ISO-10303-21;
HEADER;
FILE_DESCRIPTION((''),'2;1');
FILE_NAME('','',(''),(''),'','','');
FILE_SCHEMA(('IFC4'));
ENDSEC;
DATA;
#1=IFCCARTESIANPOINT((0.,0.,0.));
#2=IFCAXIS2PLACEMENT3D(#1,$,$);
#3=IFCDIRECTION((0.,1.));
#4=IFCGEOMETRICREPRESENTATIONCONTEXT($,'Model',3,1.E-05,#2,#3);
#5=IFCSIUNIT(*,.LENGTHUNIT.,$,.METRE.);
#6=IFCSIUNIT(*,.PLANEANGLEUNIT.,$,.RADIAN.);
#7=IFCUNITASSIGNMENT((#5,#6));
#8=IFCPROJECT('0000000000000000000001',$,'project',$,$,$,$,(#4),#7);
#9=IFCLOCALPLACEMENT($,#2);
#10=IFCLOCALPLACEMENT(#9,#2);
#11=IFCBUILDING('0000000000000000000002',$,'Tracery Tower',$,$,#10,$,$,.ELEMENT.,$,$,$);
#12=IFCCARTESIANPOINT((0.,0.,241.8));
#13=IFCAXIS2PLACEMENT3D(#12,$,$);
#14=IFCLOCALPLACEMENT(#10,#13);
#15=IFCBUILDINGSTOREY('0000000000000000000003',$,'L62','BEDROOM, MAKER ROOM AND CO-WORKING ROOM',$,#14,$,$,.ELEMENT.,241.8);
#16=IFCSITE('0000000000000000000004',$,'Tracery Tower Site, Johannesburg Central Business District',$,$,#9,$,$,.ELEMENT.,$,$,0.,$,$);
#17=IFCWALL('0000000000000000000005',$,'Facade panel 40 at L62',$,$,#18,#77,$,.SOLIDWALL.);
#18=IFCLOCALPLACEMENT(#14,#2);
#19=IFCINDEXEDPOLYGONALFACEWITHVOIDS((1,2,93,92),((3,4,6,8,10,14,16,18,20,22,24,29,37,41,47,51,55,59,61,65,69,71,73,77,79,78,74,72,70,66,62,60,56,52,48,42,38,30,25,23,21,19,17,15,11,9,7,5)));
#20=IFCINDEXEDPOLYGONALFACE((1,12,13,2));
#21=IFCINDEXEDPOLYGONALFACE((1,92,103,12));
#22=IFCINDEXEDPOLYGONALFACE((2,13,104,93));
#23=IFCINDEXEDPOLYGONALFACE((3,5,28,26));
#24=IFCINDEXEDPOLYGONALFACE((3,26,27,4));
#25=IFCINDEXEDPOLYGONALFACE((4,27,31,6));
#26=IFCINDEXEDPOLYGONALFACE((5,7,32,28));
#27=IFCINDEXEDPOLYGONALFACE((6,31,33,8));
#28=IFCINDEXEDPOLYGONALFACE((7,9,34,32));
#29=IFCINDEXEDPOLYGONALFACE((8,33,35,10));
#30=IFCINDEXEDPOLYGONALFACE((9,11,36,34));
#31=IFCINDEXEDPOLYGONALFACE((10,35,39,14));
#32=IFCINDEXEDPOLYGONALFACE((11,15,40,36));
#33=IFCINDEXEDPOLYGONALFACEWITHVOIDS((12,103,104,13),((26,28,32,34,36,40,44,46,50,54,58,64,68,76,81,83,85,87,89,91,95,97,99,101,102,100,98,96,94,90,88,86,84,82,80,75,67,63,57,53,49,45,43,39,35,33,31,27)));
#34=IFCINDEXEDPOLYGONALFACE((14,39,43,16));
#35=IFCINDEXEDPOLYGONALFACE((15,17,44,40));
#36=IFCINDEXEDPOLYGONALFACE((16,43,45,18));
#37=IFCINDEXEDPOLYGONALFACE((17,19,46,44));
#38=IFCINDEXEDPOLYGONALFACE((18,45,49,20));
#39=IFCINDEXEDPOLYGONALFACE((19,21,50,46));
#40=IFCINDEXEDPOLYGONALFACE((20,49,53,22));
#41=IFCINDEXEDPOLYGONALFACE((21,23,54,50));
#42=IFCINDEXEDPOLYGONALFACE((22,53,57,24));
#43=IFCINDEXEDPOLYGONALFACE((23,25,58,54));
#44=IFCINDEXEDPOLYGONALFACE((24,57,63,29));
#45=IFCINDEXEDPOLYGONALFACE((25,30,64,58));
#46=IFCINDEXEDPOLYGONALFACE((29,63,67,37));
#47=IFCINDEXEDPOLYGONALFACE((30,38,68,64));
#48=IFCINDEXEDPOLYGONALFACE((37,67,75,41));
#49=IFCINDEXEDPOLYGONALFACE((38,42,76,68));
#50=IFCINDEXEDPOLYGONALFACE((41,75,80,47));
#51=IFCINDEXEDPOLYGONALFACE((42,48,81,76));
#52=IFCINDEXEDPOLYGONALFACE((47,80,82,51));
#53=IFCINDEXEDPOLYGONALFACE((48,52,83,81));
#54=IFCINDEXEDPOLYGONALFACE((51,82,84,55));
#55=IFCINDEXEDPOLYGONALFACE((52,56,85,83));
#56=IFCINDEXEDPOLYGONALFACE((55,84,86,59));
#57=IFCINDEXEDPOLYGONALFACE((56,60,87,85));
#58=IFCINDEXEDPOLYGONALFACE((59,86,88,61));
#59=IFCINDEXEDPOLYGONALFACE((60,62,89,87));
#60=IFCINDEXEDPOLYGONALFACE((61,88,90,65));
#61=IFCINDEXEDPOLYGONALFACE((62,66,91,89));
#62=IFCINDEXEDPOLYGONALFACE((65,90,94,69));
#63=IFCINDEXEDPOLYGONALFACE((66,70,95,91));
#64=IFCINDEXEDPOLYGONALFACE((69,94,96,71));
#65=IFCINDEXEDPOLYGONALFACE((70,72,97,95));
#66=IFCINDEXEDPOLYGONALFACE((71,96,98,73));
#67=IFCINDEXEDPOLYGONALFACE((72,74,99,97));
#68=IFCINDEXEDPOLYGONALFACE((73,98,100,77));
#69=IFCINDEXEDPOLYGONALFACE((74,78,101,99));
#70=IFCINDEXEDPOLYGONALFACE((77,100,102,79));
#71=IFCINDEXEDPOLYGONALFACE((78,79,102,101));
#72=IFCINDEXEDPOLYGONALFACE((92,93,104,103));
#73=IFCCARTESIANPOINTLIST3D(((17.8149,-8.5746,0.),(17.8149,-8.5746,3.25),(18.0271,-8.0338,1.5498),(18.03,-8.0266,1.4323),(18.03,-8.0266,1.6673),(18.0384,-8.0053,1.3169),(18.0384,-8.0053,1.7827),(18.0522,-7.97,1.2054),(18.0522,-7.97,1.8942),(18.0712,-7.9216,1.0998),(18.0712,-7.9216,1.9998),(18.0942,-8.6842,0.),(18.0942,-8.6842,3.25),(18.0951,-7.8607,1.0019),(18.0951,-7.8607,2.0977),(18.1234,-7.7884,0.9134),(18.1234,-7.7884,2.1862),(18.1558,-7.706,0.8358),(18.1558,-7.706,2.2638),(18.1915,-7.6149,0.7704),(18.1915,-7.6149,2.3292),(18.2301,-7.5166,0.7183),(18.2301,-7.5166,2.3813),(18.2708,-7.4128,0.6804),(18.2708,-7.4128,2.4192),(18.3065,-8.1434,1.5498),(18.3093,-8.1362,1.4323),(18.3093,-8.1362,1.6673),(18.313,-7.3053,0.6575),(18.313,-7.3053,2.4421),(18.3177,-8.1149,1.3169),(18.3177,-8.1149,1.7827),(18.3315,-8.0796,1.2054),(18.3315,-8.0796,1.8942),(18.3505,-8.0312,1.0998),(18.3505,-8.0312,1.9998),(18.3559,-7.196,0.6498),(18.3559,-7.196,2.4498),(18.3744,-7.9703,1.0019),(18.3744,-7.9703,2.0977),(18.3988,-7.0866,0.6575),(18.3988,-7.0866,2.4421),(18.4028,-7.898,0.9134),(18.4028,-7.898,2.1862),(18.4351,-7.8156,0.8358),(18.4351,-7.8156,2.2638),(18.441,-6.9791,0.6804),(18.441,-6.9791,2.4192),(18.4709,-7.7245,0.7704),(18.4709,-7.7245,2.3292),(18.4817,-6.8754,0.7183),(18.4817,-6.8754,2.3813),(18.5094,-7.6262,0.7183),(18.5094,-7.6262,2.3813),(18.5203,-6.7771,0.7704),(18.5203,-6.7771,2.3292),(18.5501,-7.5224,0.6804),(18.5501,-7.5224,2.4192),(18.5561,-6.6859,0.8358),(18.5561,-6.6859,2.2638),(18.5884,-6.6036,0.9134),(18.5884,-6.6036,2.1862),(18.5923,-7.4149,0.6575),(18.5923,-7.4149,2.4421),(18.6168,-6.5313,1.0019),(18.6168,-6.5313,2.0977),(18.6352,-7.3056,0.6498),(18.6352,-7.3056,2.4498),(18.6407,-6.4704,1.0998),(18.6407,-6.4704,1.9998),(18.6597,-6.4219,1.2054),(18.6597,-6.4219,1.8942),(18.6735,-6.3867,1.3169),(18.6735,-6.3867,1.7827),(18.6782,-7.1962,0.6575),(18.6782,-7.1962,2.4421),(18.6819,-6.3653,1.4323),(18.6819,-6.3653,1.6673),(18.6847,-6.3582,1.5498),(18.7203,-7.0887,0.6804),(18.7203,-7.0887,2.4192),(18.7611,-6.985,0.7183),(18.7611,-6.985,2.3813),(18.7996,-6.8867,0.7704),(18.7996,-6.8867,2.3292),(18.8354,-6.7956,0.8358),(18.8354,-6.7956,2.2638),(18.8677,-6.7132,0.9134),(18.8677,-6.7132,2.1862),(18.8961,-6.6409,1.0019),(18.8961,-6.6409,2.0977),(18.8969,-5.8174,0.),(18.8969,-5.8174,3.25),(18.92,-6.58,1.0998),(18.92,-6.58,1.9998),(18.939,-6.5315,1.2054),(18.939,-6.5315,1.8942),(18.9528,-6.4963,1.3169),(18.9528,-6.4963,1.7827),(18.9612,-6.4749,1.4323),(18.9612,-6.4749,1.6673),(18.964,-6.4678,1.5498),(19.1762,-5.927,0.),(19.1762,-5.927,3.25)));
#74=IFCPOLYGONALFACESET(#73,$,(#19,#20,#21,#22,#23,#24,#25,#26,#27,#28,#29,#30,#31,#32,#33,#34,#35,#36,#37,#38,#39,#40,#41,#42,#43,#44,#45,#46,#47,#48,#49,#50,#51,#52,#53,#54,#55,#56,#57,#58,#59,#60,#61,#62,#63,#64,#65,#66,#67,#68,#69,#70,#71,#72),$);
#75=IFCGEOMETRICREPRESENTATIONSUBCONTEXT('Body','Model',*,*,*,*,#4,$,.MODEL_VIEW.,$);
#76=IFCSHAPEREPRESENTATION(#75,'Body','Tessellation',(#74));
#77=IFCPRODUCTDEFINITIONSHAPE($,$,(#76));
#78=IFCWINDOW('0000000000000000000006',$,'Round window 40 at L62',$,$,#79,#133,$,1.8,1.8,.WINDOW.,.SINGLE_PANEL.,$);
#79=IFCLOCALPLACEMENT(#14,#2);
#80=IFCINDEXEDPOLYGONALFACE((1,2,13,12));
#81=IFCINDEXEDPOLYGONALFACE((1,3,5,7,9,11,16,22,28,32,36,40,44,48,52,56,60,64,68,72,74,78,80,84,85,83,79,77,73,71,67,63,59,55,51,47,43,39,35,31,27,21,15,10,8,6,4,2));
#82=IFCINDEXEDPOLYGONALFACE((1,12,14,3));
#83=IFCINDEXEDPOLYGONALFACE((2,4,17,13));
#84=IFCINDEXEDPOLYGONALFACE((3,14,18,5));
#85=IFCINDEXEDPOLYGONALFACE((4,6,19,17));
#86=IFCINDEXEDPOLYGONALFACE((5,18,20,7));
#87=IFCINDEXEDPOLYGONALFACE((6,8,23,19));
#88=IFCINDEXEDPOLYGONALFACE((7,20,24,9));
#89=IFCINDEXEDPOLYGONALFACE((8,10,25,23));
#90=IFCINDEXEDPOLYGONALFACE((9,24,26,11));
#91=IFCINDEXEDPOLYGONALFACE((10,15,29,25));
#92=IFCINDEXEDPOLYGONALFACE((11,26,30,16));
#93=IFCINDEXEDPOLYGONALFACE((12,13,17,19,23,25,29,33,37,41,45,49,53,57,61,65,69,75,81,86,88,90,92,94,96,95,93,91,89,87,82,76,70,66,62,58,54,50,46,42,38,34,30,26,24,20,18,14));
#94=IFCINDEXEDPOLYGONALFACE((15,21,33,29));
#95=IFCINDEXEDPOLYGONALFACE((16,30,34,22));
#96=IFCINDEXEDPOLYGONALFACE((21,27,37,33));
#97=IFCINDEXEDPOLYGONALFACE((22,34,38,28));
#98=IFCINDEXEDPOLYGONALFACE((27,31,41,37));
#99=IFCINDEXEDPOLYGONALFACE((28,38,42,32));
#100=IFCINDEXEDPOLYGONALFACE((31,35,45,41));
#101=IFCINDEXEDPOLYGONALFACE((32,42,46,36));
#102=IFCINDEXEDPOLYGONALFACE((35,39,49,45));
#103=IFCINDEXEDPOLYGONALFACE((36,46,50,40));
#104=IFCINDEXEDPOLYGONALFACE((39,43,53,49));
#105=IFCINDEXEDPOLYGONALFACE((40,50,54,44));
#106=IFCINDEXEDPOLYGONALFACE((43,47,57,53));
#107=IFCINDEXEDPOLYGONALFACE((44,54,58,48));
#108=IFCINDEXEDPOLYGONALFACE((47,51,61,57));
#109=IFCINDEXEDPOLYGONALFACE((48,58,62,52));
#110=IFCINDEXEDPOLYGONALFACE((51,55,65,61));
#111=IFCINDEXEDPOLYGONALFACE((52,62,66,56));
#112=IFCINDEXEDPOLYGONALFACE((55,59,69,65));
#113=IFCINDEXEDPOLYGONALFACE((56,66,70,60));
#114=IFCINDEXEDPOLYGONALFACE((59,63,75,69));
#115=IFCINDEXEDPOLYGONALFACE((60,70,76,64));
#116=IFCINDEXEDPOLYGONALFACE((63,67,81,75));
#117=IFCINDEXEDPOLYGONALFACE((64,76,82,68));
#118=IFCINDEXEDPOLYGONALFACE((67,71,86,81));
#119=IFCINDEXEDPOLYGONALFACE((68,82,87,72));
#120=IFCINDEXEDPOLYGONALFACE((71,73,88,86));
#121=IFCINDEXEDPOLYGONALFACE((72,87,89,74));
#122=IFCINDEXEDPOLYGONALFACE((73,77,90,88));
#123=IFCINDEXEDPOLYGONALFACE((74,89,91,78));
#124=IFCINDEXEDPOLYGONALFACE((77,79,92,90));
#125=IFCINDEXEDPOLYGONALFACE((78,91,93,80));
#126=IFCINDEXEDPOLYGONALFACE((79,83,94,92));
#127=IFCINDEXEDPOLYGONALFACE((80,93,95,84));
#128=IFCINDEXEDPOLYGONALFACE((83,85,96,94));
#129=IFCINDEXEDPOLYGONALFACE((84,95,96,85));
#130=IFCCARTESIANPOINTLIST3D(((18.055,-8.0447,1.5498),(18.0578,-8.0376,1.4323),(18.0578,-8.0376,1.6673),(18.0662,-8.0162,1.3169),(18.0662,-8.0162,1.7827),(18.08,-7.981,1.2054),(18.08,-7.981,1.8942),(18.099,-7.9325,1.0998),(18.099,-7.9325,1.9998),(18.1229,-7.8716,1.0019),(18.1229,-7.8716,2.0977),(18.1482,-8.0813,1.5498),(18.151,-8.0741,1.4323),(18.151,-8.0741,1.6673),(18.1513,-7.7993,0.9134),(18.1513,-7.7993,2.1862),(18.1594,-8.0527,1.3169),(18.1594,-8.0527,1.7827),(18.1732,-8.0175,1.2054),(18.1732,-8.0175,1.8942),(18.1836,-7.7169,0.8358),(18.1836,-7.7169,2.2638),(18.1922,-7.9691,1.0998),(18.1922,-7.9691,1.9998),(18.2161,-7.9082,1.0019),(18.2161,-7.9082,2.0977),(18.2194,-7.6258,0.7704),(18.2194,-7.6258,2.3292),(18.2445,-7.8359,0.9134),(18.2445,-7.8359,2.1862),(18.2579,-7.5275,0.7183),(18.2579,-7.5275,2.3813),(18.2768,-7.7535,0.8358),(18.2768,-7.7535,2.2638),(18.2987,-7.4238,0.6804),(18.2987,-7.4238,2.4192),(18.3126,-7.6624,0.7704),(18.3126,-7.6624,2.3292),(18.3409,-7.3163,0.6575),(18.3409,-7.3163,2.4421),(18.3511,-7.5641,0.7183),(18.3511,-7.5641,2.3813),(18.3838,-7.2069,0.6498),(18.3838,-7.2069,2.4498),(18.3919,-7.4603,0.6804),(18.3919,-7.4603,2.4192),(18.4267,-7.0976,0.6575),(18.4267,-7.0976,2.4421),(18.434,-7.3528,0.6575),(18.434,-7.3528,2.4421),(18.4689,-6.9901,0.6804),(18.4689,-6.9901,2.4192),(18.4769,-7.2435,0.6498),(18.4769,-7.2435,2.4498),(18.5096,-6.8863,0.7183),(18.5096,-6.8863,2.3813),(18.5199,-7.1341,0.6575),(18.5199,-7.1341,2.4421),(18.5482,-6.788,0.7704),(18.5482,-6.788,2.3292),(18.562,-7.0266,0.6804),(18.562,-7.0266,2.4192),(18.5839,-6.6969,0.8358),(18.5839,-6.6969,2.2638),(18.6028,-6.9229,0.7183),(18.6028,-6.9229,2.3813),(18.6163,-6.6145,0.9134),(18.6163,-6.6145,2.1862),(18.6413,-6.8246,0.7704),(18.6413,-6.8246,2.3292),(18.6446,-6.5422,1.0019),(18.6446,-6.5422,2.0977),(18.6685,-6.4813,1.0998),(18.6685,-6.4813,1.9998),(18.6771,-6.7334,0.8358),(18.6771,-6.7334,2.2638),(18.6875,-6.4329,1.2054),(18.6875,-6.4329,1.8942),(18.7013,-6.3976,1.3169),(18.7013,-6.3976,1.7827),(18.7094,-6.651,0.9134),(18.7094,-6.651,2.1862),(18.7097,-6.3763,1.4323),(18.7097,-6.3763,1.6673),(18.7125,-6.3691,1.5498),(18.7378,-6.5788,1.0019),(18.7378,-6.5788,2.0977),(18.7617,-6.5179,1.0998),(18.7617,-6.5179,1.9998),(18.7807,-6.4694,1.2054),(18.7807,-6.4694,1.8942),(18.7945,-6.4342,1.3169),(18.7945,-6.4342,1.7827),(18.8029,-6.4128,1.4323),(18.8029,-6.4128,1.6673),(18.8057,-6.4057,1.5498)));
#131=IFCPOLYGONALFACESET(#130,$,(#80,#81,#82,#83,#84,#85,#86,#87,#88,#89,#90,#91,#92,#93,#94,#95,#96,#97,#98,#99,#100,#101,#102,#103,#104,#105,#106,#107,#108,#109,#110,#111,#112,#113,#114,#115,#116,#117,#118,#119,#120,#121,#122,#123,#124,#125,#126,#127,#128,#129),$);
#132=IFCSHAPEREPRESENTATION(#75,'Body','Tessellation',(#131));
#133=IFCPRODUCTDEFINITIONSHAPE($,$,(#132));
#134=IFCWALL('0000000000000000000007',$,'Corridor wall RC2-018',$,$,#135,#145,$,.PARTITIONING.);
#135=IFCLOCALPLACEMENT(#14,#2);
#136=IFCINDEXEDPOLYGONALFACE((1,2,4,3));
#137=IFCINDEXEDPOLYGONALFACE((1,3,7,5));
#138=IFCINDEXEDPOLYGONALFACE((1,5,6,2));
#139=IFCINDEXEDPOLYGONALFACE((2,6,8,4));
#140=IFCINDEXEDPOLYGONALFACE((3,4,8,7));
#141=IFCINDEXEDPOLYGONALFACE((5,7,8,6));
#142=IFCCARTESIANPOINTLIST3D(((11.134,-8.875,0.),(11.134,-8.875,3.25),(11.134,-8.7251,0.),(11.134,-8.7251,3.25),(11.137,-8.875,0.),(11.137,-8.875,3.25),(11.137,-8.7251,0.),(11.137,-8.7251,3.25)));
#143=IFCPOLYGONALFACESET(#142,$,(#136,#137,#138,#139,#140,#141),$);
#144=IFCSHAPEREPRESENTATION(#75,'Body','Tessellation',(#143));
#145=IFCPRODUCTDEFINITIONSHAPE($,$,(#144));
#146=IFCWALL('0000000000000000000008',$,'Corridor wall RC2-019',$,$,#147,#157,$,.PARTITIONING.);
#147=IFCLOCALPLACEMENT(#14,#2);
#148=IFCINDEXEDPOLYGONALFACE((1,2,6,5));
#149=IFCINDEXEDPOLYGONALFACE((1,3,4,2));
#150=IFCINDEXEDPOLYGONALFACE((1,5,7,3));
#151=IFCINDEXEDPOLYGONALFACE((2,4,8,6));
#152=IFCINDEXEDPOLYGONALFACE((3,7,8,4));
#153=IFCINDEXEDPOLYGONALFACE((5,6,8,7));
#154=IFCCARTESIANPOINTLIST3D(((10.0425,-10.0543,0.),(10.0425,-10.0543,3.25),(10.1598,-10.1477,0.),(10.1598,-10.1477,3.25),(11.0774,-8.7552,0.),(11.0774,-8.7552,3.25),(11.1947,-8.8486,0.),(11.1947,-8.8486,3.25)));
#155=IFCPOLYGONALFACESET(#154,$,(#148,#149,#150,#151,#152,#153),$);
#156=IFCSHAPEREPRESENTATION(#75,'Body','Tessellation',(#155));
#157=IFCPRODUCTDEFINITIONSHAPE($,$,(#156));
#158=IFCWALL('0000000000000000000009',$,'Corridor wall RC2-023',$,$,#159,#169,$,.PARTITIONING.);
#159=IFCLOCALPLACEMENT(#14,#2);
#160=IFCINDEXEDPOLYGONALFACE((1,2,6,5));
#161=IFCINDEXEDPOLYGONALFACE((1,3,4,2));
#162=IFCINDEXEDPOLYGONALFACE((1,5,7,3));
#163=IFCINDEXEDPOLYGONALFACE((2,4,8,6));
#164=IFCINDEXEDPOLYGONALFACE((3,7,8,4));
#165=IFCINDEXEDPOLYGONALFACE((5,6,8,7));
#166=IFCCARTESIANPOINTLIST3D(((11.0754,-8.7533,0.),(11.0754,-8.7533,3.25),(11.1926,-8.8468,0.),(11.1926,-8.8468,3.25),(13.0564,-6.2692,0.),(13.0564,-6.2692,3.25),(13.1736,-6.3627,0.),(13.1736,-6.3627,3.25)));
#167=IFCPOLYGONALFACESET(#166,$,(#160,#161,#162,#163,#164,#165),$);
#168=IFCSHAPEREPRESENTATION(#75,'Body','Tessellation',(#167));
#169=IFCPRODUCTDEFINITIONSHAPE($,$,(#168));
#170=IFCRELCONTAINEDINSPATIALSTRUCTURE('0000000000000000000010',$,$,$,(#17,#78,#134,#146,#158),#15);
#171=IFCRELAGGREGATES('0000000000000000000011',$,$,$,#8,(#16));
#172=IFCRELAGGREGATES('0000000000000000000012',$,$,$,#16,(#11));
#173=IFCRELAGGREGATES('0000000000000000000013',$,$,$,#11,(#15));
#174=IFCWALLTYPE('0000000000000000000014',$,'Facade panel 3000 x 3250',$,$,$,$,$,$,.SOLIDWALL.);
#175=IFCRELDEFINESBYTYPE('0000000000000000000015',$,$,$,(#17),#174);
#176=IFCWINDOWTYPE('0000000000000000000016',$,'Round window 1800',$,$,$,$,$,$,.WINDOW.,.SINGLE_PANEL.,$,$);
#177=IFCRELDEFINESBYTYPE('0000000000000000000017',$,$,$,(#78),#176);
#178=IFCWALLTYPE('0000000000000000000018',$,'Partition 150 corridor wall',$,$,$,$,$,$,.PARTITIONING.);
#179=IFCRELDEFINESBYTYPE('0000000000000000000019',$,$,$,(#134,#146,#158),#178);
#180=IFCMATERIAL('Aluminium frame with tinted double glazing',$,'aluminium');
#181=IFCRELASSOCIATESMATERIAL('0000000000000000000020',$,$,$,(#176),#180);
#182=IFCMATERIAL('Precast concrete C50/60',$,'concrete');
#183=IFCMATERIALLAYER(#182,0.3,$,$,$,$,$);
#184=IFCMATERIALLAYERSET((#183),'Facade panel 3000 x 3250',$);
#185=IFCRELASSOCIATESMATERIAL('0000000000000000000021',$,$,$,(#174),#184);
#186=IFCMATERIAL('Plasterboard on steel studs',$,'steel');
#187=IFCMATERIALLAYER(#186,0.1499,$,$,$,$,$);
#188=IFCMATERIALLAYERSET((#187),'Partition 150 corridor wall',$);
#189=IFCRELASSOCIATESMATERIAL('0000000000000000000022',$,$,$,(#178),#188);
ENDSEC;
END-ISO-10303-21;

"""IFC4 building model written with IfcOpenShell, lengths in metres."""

from ifc_helpers import new_model, si_unit, direction, frame, frame_2d, origin, origin_2d, place, context, subcontext, project, spatial, rectangle, circle, extrude, material, layer, layer_set, type_object, element, fill, save


model = new_model("IFC4")

# Units and contexts
model_context = context("Model", 3, precision=1e-05, world=origin(), true_north=direction((0.0, 1.0)))
body_context = subcontext(model_context, "Body", "Model", "MODEL_VIEW")
ifc_project = project(units=[si_unit("LENGTHUNIT", "METRE"), si_unit("PLANEANGLEUNIT", "RADIAN")], contexts=[model_context])

# Site, building, storey
site_placement = place(None, origin())
site = spatial("IfcSite", under=ifc_project, at=site_placement, Name="Tracery Tower Site, Johannesburg Central Business District", CompositionType="ELEMENT", RefElevation=0.0)
building_placement = place(site_placement, origin())
building = spatial("IfcBuilding", under=site, at=building_placement, Name="Tracery Tower", CompositionType="ELEMENT")
storey_placement = place(building_placement, frame((0.0, 0.0, 241.8)))
storey = spatial("IfcBuildingStorey", under=building, at=storey_placement, Name="L62", Description="BEDROOM, MAKER ROOM AND CO-WORKING ROOM", CompositionType="ELEMENT", Elevation=241.8)

# Wall, opening, window
ifc_material_1 = material(Name="Aluminium frame with tinted double glazing", Category="aluminium")
window_type = type_object("IfcWindowType", Name="Round window 1800", PartitioningType="SINGLE_PANEL", PredefinedType="WINDOW", material=ifc_material_1)
ifc_material_2 = material(Name="Precast concrete C50/60", Category="concrete")
ifc_layer_1 = layer(ifc_material_2, 0.3)
ifc_layer_set_1 = layer_set([ifc_layer_1], Name="Facade panel 3000 x 3250")
wall_type_1 = type_object("IfcWallType", Name="Facade panel 3000 x 3250", PredefinedType="SOLIDWALL", material=ifc_layer_set_1)
wall_1_placement = place(storey_placement, frame((17.9546, -8.6294, 0.0), z_axis=(0.0, 0.0, 1.0), x_axis=(0.3653, 0.93089, 0.0)))
wall_1 = element("IfcWall", 1, at=wall_1_placement, inside=storey, type_object=wall_type_1, Name="Facade panel 40 at L62", PredefinedType="SOLIDWALL", context=body_context, shape_type="SweptSolid", body=[
    extrude(rectangle(XDim=2.9619, YDim=0.3, at=frame_2d((1.481, 0.0))), origin(), (0.0, 0.0, 1.0), 3.25),
])
opening_1_placement = place(wall_1_placement, frame((1.481, 0.0, 1.5498)))
opening_1 = element("IfcOpeningElement", 2, at=opening_1_placement, cuts=wall_1, PredefinedType="OPENING", context=body_context, shape_type="SweptSolid", body=[
    extrude(circle(Radius=0.9, at=origin_2d()), frame((0.0, 0.1599, 0.0), z_axis=(0.0, -1.0, 0.0), x_axis=(1.0, 0.0, 0.0)), (0.0, 0.0, 1.0), 0.3201),
])
window_1_placement = place(opening_1_placement, origin())
window_1 = element("IfcWindow", 3, at=window_1_placement, inside=storey, type_object=window_type, Name="Round window 40 at L62", OverallHeight=1.8, OverallWidth=1.8, PartitioningType="SINGLE_PANEL", PredefinedType="WINDOW", context=body_context, shape_type="SweptSolid", body=[
    extrude(circle(Radius=0.9, at=origin_2d()), frame((0.0, 0.1201, 0.0), z_axis=(0.0, -1.0, 0.0), x_axis=(1.0, 0.0, 0.0)), (0.0, 0.0, 1.0), 0.1001),
])
fill(opening_1, window_1)

# Walls
ifc_material_3 = material(Name="Plasterboard on steel studs", Category="steel")
ifc_layer_2 = layer(ifc_material_3, 0.1499)
ifc_layer_set_2 = layer_set([ifc_layer_2], Name="Partition 150 corridor wall")
wall_type_2 = type_object("IfcWallType", Name="Partition 150 corridor wall", PredefinedType="PARTITIONING", material=ifc_layer_set_2)
wall_2_placement = place(storey_placement, frame((11.137, -8.8, 0.0), z_axis=(0.0, 0.0, 1.0), x_axis=(-1.0, 0.0, 0.0)))
element("IfcWall", 4, at=wall_2_placement, inside=storey, type_object=wall_type_2, Name="Corridor wall RC2-018", PredefinedType="PARTITIONING", context=body_context, shape_type="SweptSolid", body=[
    extrude(rectangle(XDim=0.0029, YDim=0.1499, at=frame_2d((0.0015, 0.0))), origin(), (0.0, 0.0, 1.0), 3.25),
])
wall_3_placement = place(storey_placement, frame((10.1011, -10.1011, 0.0), z_axis=(0.0, 0.0, 1.0), x_axis=(0.623098, 0.782143, 0.0)))
element("IfcWall", 5, at=wall_3_placement, inside=storey, type_object=wall_type_2, Name="Corridor wall RC2-019", PredefinedType="PARTITIONING", context=body_context, shape_type="SweptSolid", body=[
    extrude(rectangle(XDim=1.6609, YDim=0.1499, at=frame_2d((0.8306, 0.0))), origin(), (0.0, 0.0, 1.0), 3.25),
])
wall_4_placement = place(storey_placement, frame((11.134, -8.8, 0.0), z_axis=(0.0, 0.0, 1.0), x_axis=(0.623476, 0.781842, 0.0)))
element("IfcWall", 6, at=wall_4_placement, inside=storey, type_object=wall_type_2, Name="Corridor wall RC2-023", PredefinedType="PARTITIONING", context=body_context, shape_type="SweptSolid", body=[
    extrude(rectangle(XDim=3.1772, YDim=0.1499, at=frame_2d((1.5886, 0.0))), origin(), (0.0, 0.0, 1.0), 3.25),
])

save(model, "model.ifc")
